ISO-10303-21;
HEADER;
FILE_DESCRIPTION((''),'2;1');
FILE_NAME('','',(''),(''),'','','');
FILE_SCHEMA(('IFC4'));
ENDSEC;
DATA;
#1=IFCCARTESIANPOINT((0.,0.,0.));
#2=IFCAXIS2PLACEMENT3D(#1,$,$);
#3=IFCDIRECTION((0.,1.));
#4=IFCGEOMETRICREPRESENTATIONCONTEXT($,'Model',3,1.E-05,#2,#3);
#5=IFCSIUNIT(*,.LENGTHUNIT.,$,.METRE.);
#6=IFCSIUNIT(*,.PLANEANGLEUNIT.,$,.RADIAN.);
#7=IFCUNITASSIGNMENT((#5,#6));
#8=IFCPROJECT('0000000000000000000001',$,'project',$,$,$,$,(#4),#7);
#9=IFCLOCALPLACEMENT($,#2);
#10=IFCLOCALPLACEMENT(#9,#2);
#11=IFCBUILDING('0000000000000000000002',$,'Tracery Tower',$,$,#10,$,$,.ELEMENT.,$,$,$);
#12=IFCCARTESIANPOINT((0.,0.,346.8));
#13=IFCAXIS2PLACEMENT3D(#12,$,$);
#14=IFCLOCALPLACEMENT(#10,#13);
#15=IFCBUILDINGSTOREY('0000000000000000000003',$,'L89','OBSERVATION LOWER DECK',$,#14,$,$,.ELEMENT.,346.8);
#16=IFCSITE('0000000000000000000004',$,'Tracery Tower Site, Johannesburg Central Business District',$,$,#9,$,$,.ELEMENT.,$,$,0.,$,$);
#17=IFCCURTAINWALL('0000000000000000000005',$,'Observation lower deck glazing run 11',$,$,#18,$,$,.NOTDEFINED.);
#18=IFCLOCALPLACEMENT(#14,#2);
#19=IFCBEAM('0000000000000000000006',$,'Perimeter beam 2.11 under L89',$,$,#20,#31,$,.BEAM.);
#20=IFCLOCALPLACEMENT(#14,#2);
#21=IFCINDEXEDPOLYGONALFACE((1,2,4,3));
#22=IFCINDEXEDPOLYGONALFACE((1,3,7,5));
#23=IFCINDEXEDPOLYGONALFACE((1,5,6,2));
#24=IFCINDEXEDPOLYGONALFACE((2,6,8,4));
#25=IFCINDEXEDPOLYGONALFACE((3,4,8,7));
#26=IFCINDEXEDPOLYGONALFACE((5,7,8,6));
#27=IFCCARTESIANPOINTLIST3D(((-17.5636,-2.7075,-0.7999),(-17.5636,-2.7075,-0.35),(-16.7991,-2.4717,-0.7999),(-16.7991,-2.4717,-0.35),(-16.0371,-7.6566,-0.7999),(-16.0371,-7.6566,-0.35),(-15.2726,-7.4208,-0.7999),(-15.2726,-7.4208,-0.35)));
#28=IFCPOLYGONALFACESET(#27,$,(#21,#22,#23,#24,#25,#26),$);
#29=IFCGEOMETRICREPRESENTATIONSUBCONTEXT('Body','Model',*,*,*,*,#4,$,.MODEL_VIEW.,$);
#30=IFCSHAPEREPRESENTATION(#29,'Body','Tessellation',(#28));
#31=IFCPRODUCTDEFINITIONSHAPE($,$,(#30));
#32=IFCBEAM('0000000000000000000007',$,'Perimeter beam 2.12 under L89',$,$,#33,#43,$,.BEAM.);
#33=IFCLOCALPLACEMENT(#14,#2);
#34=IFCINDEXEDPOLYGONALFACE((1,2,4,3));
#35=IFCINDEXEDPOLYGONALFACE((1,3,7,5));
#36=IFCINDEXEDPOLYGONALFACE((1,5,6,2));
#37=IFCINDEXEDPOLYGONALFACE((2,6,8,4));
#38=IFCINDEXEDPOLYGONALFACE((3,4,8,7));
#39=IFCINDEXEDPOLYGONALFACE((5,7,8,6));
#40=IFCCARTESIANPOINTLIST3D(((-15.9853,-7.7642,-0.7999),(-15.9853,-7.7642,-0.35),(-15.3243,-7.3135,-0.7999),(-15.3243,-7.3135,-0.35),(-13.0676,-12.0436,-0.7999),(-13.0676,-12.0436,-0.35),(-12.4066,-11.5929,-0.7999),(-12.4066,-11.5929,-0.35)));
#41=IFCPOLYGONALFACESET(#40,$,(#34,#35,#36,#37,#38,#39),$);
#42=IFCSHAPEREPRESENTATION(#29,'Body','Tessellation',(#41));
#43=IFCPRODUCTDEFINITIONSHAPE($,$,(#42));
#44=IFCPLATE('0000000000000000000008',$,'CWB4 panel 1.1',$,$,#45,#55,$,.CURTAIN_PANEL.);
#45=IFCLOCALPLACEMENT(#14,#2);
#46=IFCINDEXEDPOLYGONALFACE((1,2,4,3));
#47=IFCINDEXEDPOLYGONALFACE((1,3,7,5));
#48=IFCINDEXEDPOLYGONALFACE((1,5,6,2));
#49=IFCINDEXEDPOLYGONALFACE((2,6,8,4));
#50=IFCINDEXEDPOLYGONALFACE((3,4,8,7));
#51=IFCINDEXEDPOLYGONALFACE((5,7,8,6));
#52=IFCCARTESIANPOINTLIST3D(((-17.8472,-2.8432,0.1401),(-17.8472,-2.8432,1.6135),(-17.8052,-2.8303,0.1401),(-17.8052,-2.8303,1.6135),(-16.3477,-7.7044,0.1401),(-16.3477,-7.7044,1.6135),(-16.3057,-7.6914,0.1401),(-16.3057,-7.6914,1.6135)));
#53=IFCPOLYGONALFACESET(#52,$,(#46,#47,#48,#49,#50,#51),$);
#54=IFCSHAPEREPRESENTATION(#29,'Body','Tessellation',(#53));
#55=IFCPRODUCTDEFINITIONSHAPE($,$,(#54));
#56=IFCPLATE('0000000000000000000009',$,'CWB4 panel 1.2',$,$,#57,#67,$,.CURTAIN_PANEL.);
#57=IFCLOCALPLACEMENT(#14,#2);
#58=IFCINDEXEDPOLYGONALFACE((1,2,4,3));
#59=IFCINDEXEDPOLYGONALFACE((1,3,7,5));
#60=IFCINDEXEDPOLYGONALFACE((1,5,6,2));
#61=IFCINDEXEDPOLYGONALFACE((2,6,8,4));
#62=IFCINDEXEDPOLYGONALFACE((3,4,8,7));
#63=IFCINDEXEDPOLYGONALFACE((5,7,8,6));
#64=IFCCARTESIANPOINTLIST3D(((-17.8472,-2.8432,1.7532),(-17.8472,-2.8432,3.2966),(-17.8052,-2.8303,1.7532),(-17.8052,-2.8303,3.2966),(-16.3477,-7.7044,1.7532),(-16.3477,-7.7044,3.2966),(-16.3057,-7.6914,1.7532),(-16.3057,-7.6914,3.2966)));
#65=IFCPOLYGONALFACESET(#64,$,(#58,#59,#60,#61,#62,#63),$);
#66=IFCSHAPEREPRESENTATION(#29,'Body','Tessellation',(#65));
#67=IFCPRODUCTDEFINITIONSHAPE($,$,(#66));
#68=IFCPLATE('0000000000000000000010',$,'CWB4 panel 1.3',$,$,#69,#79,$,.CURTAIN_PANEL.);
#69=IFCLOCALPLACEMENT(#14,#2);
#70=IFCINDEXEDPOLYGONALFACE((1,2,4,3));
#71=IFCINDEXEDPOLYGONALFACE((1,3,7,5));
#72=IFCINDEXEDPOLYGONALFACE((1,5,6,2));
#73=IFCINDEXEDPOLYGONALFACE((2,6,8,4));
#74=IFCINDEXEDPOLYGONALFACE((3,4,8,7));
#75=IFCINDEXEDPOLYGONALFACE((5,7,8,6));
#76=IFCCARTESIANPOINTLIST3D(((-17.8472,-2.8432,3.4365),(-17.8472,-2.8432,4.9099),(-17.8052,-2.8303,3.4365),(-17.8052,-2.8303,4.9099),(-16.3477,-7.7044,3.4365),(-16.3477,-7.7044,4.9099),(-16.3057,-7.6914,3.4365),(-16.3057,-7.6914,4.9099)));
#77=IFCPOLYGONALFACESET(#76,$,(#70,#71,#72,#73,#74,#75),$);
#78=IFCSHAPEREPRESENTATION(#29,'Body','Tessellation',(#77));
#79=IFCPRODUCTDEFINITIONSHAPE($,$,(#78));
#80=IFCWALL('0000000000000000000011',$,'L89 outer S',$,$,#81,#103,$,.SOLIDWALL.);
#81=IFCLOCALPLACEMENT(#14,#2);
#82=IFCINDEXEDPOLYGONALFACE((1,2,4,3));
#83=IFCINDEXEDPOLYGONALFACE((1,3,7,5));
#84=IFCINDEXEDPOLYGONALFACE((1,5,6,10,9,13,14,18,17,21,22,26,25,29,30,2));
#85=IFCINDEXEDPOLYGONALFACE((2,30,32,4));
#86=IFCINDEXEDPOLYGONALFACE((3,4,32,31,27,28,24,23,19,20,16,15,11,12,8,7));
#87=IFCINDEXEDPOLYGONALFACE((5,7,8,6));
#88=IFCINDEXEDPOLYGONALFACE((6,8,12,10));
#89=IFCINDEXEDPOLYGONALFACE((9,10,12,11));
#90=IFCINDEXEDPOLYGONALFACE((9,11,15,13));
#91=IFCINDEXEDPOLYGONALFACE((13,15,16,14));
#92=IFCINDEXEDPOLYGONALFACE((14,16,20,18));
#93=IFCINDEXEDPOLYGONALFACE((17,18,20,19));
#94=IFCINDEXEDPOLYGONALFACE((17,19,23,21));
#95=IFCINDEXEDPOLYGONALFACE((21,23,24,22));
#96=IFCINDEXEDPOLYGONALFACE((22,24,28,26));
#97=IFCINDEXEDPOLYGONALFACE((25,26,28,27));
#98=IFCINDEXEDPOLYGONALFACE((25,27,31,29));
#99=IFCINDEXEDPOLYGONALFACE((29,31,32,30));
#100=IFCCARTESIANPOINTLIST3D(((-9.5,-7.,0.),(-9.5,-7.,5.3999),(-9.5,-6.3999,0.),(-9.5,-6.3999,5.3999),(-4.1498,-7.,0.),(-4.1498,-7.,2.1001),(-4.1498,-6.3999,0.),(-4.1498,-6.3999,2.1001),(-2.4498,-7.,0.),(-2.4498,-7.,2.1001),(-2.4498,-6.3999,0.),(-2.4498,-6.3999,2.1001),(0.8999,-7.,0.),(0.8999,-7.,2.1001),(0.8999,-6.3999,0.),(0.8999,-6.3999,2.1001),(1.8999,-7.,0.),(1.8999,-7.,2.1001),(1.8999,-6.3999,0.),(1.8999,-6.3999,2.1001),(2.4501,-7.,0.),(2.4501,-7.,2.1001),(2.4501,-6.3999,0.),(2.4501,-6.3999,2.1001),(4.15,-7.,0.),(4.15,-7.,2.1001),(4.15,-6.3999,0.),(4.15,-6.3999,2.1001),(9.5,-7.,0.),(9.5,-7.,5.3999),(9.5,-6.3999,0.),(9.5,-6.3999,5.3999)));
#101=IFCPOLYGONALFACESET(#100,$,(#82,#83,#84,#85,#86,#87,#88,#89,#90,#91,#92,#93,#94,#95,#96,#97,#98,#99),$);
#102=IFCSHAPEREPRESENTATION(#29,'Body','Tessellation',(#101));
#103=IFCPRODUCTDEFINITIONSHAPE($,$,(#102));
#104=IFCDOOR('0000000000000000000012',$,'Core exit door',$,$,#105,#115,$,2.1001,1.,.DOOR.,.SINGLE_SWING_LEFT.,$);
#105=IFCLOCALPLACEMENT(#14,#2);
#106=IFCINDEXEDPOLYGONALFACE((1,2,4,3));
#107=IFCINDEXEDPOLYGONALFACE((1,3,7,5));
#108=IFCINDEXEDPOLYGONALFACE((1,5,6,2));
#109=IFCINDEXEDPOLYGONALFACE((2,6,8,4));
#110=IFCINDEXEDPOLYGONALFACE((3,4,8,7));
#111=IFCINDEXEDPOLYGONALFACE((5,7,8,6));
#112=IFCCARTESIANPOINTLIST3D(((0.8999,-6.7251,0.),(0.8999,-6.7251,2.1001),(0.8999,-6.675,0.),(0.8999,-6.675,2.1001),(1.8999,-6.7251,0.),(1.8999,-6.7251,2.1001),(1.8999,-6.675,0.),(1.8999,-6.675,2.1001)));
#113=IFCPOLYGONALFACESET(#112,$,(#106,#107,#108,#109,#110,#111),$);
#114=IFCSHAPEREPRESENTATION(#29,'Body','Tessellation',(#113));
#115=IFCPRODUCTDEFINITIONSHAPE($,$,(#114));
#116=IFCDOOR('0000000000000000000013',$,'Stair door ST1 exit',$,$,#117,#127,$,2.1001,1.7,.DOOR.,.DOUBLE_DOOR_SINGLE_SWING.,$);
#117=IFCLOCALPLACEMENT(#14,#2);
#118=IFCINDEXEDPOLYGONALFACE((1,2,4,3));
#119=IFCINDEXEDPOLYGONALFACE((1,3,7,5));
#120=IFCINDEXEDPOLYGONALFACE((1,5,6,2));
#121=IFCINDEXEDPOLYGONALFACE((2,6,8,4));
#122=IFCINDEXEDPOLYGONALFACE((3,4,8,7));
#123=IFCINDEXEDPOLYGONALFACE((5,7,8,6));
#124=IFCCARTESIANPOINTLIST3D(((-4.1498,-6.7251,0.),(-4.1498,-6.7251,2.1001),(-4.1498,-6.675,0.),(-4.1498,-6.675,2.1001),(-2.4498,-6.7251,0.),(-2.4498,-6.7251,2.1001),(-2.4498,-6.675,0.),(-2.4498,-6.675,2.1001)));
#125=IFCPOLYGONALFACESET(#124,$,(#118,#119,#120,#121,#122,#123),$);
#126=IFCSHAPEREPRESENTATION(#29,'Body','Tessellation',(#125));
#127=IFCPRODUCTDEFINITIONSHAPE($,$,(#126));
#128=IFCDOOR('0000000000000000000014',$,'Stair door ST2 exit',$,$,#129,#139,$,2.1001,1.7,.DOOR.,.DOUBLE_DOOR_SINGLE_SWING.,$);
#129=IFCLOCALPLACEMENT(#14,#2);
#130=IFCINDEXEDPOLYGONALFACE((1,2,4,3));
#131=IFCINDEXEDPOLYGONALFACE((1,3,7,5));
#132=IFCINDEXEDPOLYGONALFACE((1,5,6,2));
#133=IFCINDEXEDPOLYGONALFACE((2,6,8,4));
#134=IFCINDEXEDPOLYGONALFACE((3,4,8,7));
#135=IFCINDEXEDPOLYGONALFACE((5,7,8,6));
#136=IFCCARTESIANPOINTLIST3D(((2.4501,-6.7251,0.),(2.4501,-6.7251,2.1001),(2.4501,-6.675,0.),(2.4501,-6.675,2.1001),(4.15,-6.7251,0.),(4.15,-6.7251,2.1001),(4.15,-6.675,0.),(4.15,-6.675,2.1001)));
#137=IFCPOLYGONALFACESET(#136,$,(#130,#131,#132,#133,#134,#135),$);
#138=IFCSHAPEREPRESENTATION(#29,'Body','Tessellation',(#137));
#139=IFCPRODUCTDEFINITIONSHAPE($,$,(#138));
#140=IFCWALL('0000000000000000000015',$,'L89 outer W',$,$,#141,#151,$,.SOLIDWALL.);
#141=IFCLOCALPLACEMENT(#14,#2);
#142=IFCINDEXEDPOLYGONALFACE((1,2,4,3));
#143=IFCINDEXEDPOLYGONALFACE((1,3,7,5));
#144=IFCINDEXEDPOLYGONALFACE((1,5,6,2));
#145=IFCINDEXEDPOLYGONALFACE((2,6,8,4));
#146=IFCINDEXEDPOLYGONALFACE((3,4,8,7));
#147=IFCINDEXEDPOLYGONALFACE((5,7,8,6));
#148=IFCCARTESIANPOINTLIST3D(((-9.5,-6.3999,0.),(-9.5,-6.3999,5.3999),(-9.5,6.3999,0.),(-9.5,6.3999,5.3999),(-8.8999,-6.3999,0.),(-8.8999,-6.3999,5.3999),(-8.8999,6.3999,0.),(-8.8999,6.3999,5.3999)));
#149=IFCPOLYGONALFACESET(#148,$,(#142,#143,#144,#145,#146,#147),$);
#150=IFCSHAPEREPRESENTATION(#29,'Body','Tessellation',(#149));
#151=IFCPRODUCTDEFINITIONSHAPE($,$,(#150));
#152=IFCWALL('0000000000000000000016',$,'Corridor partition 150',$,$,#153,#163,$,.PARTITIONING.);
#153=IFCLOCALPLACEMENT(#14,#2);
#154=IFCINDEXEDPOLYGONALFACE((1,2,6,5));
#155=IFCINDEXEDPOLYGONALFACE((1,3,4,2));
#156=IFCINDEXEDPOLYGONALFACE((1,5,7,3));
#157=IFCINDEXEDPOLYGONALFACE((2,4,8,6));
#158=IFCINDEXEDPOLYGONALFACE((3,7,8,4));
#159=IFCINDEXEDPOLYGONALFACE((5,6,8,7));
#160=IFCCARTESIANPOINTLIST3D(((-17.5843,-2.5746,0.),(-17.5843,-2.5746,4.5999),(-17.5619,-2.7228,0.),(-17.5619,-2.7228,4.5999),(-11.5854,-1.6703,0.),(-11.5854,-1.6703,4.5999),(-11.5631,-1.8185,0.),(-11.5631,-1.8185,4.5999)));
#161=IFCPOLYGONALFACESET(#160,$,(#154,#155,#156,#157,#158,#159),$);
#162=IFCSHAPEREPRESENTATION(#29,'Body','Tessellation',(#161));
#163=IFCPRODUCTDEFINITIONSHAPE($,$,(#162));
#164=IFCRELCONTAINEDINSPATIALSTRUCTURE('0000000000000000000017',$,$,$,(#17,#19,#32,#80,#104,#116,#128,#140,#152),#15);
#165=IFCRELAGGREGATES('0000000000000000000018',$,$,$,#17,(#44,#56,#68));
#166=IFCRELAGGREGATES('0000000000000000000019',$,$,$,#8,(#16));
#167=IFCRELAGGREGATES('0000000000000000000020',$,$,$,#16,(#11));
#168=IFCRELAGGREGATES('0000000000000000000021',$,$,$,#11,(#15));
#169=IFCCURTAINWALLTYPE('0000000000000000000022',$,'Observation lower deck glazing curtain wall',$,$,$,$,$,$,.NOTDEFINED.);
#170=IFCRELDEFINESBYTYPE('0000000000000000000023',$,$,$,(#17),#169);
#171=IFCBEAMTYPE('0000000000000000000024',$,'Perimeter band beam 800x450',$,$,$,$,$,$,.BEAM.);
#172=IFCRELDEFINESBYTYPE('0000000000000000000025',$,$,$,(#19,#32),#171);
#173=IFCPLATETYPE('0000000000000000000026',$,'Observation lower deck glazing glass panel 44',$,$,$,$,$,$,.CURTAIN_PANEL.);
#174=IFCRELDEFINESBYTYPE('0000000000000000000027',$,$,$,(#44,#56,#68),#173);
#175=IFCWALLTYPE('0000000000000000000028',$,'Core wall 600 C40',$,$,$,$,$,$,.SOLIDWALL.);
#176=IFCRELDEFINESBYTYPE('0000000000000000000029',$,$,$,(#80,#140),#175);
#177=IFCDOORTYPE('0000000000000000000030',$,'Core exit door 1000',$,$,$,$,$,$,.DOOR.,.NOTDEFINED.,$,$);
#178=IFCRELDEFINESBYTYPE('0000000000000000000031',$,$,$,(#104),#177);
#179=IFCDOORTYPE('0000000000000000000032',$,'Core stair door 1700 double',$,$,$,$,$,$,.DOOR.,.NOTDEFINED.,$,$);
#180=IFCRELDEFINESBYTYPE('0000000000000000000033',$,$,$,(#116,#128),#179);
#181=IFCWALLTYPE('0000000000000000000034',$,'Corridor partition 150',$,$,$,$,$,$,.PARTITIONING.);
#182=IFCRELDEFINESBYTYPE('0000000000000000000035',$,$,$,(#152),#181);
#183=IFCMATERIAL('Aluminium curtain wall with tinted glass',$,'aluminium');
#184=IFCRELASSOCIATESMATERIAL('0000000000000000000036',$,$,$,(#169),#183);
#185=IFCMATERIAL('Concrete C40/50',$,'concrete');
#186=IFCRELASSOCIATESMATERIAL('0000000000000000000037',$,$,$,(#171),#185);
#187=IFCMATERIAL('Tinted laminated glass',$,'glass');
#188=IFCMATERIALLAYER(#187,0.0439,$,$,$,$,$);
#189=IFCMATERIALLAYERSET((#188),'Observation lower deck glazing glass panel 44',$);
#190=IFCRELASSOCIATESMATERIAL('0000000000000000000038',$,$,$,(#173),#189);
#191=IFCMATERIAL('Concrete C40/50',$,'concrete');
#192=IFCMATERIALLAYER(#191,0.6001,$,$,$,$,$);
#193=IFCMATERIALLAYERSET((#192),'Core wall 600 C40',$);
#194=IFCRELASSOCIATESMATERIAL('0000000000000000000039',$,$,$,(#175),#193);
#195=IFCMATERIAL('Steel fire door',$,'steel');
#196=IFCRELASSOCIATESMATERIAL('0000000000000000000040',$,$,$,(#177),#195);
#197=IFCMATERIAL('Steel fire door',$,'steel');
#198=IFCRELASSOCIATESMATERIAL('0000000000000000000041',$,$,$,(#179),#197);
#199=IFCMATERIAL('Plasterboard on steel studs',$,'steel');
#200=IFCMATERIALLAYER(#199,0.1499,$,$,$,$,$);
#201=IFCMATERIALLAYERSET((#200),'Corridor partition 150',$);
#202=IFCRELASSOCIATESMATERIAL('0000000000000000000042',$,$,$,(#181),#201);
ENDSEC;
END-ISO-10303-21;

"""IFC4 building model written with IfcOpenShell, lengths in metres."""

from ifc_helpers import new_model, si_unit, direction, frame, frame_2d, origin, origin_2d, place, context, subcontext, project, spatial, rectangle, extrude, material, layer, layer_set, material_profile, profile_set, type_object, element, fill, aggregate, save


model = new_model("IFC4")

# Units and contexts
model_context = context("Model", 3, precision=1e-05, world=origin(), true_north=direction((0.0, 1.0)))
body_context = subcontext(model_context, "Body", "Model", "MODEL_VIEW")
ifc_project = project(units=[si_unit("LENGTHUNIT", "METRE"), si_unit("PLANEANGLEUNIT", "RADIAN")], contexts=[model_context])

# Site, building, storey
site_placement = place(None, origin())
site = spatial("IfcSite", under=ifc_project, at=site_placement, Name="Tracery Tower Site, Johannesburg Central Business District", CompositionType="ELEMENT", RefElevation=0.0)
building_placement = place(site_placement, origin())
building = spatial("IfcBuilding", under=site, at=building_placement, Name="Tracery Tower", CompositionType="ELEMENT")
storey_placement = place(building_placement, frame((0.0, 0.0, 346.8)))
storey = spatial("IfcBuildingStorey", under=building, at=storey_placement, Name="L89", Description="OBSERVATION LOWER DECK", CompositionType="ELEMENT", Elevation=346.8)

# Shared definitions
ifc_material_1 = material(Name="Aluminium curtain wall with tinted glass", Category="aluminium")
curtain_wall_type = type_object("IfcCurtainWallType", Name="Observation lower deck glazing curtain wall", PredefinedType="NOTDEFINED", material=ifc_material_1)

# Curtain wall
curtain_wall_1_placement = place(storey_placement, origin())
curtain_wall_1 = element("IfcCurtainWall", 1, at=curtain_wall_1_placement, inside=storey, type_object=curtain_wall_type, Name="Observation lower deck glazing run 11", PredefinedType="NOTDEFINED")

# Beams
ifc_material_2 = material(Name="Concrete C40/50", Category="concrete")
ifc_material_profile_1 = material_profile(ifc_material_2, rectangle(XDim=0.8, YDim=0.45, at=origin_2d()), Name="RC 800x450")
ifc_profile_set_1 = profile_set([ifc_material_profile_1], Name="Concrete C40/50")
beam_type = type_object("IfcBeamType", Name="Perimeter band beam 800x450", PredefinedType="BEAM", material=ifc_profile_set_1)
beam_1_placement = place(storey_placement, frame((-17.1814, -2.5896, -0.575), z_axis=(0.294752, -0.955574, 0.0), x_axis=(0.955574, 0.294752, 0.0)))
element("IfcBeam", 2, at=beam_1_placement, inside=storey, type_object=beam_type, Name="Perimeter beam 2.11 under L89", PredefinedType="BEAM", context=body_context, shape_type="SweptSolid", body=[
    extrude(rectangle(XDim=0.8, YDim=0.45, at=origin_2d()), origin(), (0.0, 0.0, 1.0), 5.1792),
])
beam_2_placement = place(storey_placement, frame((-15.6548, -7.5388, -0.575), z_axis=(0.563318, -0.82624, 0.0), x_axis=(0.82624, 0.563318, 0.0)))
element("IfcBeam", 3, at=beam_2_placement, inside=storey, type_object=beam_type, Name="Perimeter beam 2.12 under L89", PredefinedType="BEAM", context=body_context, shape_type="SweptSolid", body=[
    extrude(rectangle(XDim=0.8, YDim=0.45, at=origin_2d()), origin(), (0.0, 0.0, 1.0), 5.1794),
])

# Plates
ifc_material_3 = material(Name="Tinted laminated glass", Category="glass")
ifc_layer_1 = layer(ifc_material_3, 0.0439)
ifc_layer_set_1 = layer_set([ifc_layer_1], Name="Observation lower deck glazing glass panel 44")
plate_type = type_object("IfcPlateType", Name="Observation lower deck glazing glass panel 44", PredefinedType="CURTAIN_PANEL", material=ifc_layer_set_1)
plate_1_placement = place(storey_placement, frame((-17.0764, -5.2673, 0.1401), z_axis=(0.0, 0.0, 1.0), x_axis=(0.294757, -0.955572, 0.0)))
plate_1 = element("IfcPlate", 4, at=plate_1_placement, type_object=plate_type, Name="CWB4 panel 1.1", PredefinedType="CURTAIN_PANEL", context=body_context, shape_type="SweptSolid", body=[
    extrude(rectangle(XDim=5.0872, YDim=0.0439, at=origin_2d()), origin(), (0.0, 0.0, 1.0), 1.4734),
])
plate_2_placement = place(storey_placement, frame((-17.0764, -5.2673, 1.7532), z_axis=(0.0, 0.0, 1.0), x_axis=(0.294757, -0.955572, 0.0)))
plate_2 = element("IfcPlate", 5, at=plate_2_placement, type_object=plate_type, Name="CWB4 panel 1.2", PredefinedType="CURTAIN_PANEL", context=body_context, shape_type="SweptSolid", body=[
    extrude(rectangle(XDim=5.0872, YDim=0.0439, at=origin_2d()), origin(), (0.0, 0.0, 1.0), 1.5435),
])
plate_3_placement = place(storey_placement, frame((-17.0764, -5.2673, 3.4365), z_axis=(0.0, 0.0, 1.0), x_axis=(0.294757, -0.955572, 0.0)))
plate_3 = element("IfcPlate", 6, at=plate_3_placement, type_object=plate_type, Name="CWB4 panel 1.3", PredefinedType="CURTAIN_PANEL", context=body_context, shape_type="SweptSolid", body=[
    extrude(rectangle(XDim=5.0872, YDim=0.0439, at=origin_2d()), origin(), (0.0, 0.0, 1.0), 1.4734),
])
aggregate(curtain_wall_1, [plate_1, plate_2, plate_3])

# Wall, openings, doors
ifc_material_4 = material(Name="Concrete C40/50", Category="concrete")
ifc_layer_2 = layer(ifc_material_4, 0.6001)
ifc_layer_set_2 = layer_set([ifc_layer_2], Name="Core wall 600 C40")
wall_type_1 = type_object("IfcWallType", Name="Core wall 600 C40", PredefinedType="SOLIDWALL", material=ifc_layer_set_2)
wall_1_placement = place(storey_placement, frame((-9.5, -6.7, 0.0), z_axis=(0.0, 0.0, 1.0), x_axis=(1.0, 0.0, 0.0)))
wall_1 = element("IfcWall", 7, at=wall_1_placement, inside=storey, type_object=wall_type_1, Name="L89 outer S", PredefinedType="SOLIDWALL", context=body_context, shape_type="SweptSolid", body=[
    extrude(rectangle(XDim=19.0, YDim=0.6001, at=frame_2d((9.5, 0.0))), origin(), (0.0, 0.0, 1.0), 5.3999),
])
opening_1_placement = place(wall_1_placement, frame((10.3999, 0.0, 0.0)))
opening_1 = element("IfcOpeningElement", 8, at=opening_1_placement, cuts=wall_1, PredefinedType="OPENING", context=body_context, shape_type="SweptSolid", body=[
    extrude(rectangle(XDim=1.0, YDim=2.1001, at=frame_2d((0.5, 1.05))), frame((0.0, 0.3, 0.0), z_axis=(0.0, -1.0, 0.0), x_axis=(1.0, 0.0, 0.0)), (0.0, 0.0, 1.0), 0.6001),
])
opening_2_placement = place(wall_1_placement, frame((5.3501, 0.0, 0.0)))
opening_2 = element("IfcOpeningElement", 9, at=opening_2_placement, cuts=wall_1, PredefinedType="OPENING", context=body_context, shape_type="SweptSolid", body=[
    extrude(rectangle(XDim=1.7, YDim=2.1001, at=frame_2d((0.8501, 1.05))), frame((0.0, 0.3, 0.0), z_axis=(0.0, -1.0, 0.0), x_axis=(1.0, 0.0, 0.0)), (0.0, 0.0, 1.0), 0.6001),
])
opening_3_placement = place(wall_1_placement, frame((11.95, 0.0, 0.0)))
opening_3 = element("IfcOpeningElement", 10, at=opening_3_placement, cuts=wall_1, PredefinedType="OPENING", context=body_context, shape_type="SweptSolid", body=[
    extrude(rectangle(XDim=1.7, YDim=2.1001, at=frame_2d((0.8501, 1.05))), frame((0.0, 0.3, 0.0), z_axis=(0.0, -1.0, 0.0), x_axis=(1.0, 0.0, 0.0)), (0.0, 0.0, 1.0), 0.6001),
])
ifc_material_5 = material(Name="Steel fire door", Category="steel")
door_type_1 = type_object("IfcDoorType", Name="Core exit door 1000", OperationType="NOTDEFINED", PredefinedType="DOOR", material=ifc_material_5)
door_1_placement = place(opening_1_placement, origin())
door_1 = element("IfcDoor", 11, at=door_1_placement, inside=storey, type_object=door_type_1, Name="Core exit door", OperationType="SINGLE_SWING_LEFT", OverallHeight=2.1001, OverallWidth=1.0, PredefinedType="DOOR", context=body_context, shape_type="SweptSolid", body=[
    extrude(rectangle(XDim=1.0, YDim=2.1001, at=frame_2d((0.5, 1.05))), frame((0.0, 0.0249, 0.0), z_axis=(0.0, -1.0, 0.0), x_axis=(1.0, 0.0, 0.0)), (0.0, 0.0, 1.0), 0.05),
])
fill(opening_1, door_1)
ifc_material_6 = material(Name="Steel fire door", Category="steel")
door_type_2 = type_object("IfcDoorType", Name="Core stair door 1700 double", OperationType="NOTDEFINED", PredefinedType="DOOR", material=ifc_material_6)
door_2_placement = place(opening_2_placement, origin())
door_2 = element("IfcDoor", 12, at=door_2_placement, inside=storey, type_object=door_type_2, Name="Stair door ST1 exit", OperationType="DOUBLE_DOOR_SINGLE_SWING", OverallHeight=2.1001, OverallWidth=1.7, PredefinedType="DOOR", context=body_context, shape_type="SweptSolid", body=[
    extrude(rectangle(XDim=1.7, YDim=2.1001, at=frame_2d((0.8501, 1.05))), frame((0.0, 0.0249, 0.0), z_axis=(0.0, -1.0, 0.0), x_axis=(1.0, 0.0, 0.0)), (0.0, 0.0, 1.0), 0.05),
])
fill(opening_2, door_2)
door_3_placement = place(opening_3_placement, origin())
door_3 = element("IfcDoor", 13, at=door_3_placement, inside=storey, type_object=door_type_2, Name="Stair door ST2 exit", OperationType="DOUBLE_DOOR_SINGLE_SWING", OverallHeight=2.1001, OverallWidth=1.7, PredefinedType="DOOR", context=body_context, shape_type="SweptSolid", body=[
    extrude(rectangle(XDim=1.7, YDim=2.1001, at=frame_2d((0.8501, 1.05))), frame((0.0, 0.0249, 0.0), z_axis=(0.0, -1.0, 0.0), x_axis=(1.0, 0.0, 0.0)), (0.0, 0.0, 1.0), 0.05),
])
fill(opening_3, door_3)

# Walls
wall_2_placement = place(storey_placement, frame((-9.2, -6.3999, 0.0), z_axis=(0.0, 0.0, 1.0), x_axis=(0.0, 1.0, 0.0)))
element("IfcWall", 14, at=wall_2_placement, inside=storey, type_object=wall_type_1, Name="L89 outer W", PredefinedType="SOLIDWALL", context=body_context, shape_type="SweptSolid", body=[
    extrude(rectangle(XDim=12.7998, YDim=0.6001, at=frame_2d((6.3999, 0.0))), origin(), (0.0, 0.0, 1.0), 5.3999),
])
ifc_material_7 = material(Name="Plasterboard on steel studs", Category="steel")
ifc_layer_3 = layer(ifc_material_7, 0.1499)
ifc_layer_set_3 = layer_set([ifc_layer_3], Name="Corridor partition 150")
wall_type_2 = type_object("IfcWallType", Name="Corridor partition 150", PredefinedType="PARTITIONING", material=ifc_layer_set_3)
wall_3_placement = place(storey_placement, frame((-17.573, -2.6487, 0.0), z_axis=(0.0, 0.0, 1.0), x_axis=(0.988828, 0.149063, 0.0)))
element("IfcWall", 15, at=wall_3_placement, inside=storey, type_object=wall_type_2, Name="Corridor partition 150", PredefinedType="PARTITIONING", context=body_context, shape_type="SweptSolid", body=[
    extrude(rectangle(XDim=6.0667, YDim=0.1499, at=frame_2d((3.0332, 0.0))), origin(), (0.0, 0.0, 1.0), 4.5999),
])

save(model, "model.ifc")
